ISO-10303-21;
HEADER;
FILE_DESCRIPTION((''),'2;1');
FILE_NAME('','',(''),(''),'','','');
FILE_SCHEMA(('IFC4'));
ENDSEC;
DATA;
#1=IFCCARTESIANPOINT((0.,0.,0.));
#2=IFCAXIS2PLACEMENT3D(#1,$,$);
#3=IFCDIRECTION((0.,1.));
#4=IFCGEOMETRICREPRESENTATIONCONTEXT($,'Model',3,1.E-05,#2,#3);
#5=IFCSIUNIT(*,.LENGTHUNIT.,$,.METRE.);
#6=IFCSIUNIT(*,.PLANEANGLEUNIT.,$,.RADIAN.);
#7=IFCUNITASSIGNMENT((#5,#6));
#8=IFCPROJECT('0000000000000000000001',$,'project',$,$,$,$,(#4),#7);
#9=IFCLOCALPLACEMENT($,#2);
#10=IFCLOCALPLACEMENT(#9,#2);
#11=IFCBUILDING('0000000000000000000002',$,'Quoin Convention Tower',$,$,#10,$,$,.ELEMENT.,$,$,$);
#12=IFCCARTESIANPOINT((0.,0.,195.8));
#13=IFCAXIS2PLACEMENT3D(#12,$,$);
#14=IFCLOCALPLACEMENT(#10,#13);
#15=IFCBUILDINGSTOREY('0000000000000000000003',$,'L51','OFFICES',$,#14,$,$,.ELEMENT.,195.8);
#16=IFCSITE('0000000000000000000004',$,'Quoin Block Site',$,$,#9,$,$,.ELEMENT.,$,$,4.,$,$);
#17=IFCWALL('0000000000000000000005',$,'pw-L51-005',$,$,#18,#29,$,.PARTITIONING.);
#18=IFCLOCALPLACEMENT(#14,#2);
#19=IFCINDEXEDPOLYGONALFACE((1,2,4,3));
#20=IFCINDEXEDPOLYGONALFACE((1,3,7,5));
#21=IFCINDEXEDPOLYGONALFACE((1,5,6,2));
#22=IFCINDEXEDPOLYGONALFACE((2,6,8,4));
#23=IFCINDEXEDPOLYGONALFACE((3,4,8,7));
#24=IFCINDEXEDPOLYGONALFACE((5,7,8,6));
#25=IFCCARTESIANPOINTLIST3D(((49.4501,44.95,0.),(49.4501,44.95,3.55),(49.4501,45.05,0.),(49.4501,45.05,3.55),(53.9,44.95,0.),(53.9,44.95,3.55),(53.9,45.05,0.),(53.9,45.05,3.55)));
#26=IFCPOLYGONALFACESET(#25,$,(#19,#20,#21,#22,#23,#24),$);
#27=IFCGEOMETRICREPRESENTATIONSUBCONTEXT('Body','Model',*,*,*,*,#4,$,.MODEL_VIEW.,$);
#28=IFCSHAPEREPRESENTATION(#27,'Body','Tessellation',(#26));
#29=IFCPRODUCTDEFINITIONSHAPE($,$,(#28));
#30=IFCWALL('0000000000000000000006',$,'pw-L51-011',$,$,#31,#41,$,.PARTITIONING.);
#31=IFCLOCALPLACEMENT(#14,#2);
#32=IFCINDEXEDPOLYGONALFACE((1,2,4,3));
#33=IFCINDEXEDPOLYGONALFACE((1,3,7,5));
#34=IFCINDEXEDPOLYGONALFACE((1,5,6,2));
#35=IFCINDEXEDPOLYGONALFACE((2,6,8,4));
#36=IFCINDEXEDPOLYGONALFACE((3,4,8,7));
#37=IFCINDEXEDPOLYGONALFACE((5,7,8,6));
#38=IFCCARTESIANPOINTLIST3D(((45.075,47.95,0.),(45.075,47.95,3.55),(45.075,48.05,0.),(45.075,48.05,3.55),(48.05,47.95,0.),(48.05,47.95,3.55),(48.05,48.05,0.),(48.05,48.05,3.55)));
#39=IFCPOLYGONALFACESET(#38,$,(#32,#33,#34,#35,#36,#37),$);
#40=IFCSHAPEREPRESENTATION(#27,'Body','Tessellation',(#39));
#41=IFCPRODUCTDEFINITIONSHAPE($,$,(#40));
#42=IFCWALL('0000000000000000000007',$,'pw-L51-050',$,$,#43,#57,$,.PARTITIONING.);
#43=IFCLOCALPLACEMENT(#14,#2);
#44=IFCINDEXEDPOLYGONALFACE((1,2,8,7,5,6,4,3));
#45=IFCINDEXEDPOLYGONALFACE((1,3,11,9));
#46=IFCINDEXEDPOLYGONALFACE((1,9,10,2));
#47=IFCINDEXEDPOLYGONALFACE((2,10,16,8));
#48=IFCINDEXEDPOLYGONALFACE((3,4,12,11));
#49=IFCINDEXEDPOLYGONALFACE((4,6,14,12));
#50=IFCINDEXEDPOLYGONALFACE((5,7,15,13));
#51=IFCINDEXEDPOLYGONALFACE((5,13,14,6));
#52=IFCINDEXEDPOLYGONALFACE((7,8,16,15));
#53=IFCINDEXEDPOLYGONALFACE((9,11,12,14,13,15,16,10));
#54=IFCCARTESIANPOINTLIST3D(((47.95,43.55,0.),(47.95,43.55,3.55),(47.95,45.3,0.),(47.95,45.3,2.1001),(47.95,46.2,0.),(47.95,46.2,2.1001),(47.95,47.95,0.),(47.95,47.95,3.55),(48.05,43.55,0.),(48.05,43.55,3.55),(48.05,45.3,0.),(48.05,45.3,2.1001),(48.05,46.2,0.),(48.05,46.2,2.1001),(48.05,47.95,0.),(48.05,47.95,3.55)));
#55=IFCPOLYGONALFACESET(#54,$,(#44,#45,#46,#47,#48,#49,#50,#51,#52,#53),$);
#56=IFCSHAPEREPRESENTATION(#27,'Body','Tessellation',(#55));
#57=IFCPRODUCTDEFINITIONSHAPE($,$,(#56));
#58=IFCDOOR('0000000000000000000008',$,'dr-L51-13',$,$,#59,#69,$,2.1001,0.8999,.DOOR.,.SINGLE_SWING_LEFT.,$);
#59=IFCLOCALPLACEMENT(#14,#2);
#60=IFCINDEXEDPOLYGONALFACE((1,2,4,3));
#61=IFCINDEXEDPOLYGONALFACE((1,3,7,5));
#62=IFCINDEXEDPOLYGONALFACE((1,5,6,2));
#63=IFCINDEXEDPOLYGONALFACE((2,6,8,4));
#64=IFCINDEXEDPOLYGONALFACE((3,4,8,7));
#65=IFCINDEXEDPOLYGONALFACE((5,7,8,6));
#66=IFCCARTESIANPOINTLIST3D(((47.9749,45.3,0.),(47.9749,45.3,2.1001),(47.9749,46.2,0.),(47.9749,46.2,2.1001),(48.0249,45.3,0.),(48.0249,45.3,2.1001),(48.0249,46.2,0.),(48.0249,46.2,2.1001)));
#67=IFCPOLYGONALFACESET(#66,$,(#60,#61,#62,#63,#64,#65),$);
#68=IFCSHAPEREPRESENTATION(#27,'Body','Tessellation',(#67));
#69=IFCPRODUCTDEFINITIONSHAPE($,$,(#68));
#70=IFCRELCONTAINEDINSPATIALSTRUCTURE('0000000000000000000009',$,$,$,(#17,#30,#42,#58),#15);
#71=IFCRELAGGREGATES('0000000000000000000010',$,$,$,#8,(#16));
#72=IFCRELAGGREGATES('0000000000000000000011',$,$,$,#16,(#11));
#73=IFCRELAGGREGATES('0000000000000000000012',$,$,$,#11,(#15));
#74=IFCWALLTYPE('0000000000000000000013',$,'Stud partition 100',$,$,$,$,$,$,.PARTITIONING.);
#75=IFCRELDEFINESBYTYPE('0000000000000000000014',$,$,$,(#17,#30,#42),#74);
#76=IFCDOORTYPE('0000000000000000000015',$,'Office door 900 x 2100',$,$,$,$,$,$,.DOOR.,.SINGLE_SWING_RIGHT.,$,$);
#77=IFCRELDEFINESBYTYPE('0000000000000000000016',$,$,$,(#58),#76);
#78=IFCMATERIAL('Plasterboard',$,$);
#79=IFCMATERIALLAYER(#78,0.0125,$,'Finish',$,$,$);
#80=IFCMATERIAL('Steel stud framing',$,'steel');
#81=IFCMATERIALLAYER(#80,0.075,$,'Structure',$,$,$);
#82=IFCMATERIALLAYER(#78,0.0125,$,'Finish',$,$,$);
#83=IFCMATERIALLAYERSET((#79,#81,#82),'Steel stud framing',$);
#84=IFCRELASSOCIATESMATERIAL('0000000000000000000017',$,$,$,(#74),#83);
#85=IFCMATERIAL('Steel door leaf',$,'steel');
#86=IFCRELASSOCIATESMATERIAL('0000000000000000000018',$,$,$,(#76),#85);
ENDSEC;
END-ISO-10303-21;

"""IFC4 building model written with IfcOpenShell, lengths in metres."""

from ifc_helpers import new_model, si_unit, direction, frame, frame_2d, origin, place, context, subcontext, project, spatial, rectangle, extrude, material, layer, layer_set, type_object, element, fill, save


model = new_model("IFC4")

# Units and contexts
model_context = context("Model", 3, precision=1e-05, world=origin(), true_north=direction((0.0, 1.0)))
body_context = subcontext(model_context, "Body", "Model", "MODEL_VIEW")
ifc_project = project(units=[si_unit("LENGTHUNIT", "METRE"), si_unit("PLANEANGLEUNIT", "RADIAN")], contexts=[model_context])

# Site, building, storey
site_placement = place(None, origin())
site = spatial("IfcSite", under=ifc_project, at=site_placement, Name="Quoin Block Site", CompositionType="ELEMENT", RefElevation=4.0)
building_placement = place(site_placement, origin())
building = spatial("IfcBuilding", under=site, at=building_placement, Name="Quoin Convention Tower", CompositionType="ELEMENT")
storey_placement = place(building_placement, frame((0.0, 0.0, 195.8)))
storey = spatial("IfcBuildingStorey", under=building, at=storey_placement, Name="L51", Description="OFFICES", CompositionType="ELEMENT", Elevation=195.8)

# Shared definitions
ifc_material_1 = material(Name="Plasterboard")
ifc_material_2 = material(Name="Steel stud framing", Category="steel")
ifc_material_3 = material(Name="Steel door leaf", Category="steel")

# Walls
ifc_layer_1 = layer(ifc_material_1, 0.0125, Name="Finish")
ifc_layer_2 = layer(ifc_material_2, 0.075, Name="Structure")
ifc_layer_3 = layer(ifc_material_1, 0.0125, Name="Finish")
ifc_layer_set_1 = layer_set([ifc_layer_1, ifc_layer_2, ifc_layer_3], Name="Steel stud framing")
wall_type_1 = type_object("IfcWallType", Name="Stud partition 100", PredefinedType="PARTITIONING", material=ifc_layer_set_1)
wall_1_placement = place(storey_placement, frame((49.45, 45.0, 0.0), z_axis=(0.0, 0.0, 1.0), x_axis=(1.0, 0.0, 0.0)))
element("IfcWall", 1, at=wall_1_placement, inside=storey, type_object=wall_type_1, Name="pw-L51-005", PredefinedType="PARTITIONING", context=body_context, shape_type="SweptSolid", body=[
    extrude(rectangle(XDim=4.45, YDim=0.1001, at=frame_2d((2.2251, 0.0))), origin(), (0.0, 0.0, 1.0), 3.55),
])
wall_2_placement = place(storey_placement, frame((45.075, 48.0, 0.0), z_axis=(0.0, 0.0, 1.0), x_axis=(1.0, 0.0, 0.0)))
element("IfcWall", 2, at=wall_2_placement, inside=storey, type_object=wall_type_1, Name="pw-L51-011", PredefinedType="PARTITIONING", context=body_context, shape_type="SweptSolid", body=[
    extrude(rectangle(XDim=2.9751, YDim=0.1001, at=frame_2d((1.4875, 0.0))), origin(), (0.0, 0.0, 1.0), 3.55),
])

# Wall, opening, door
wall_3_placement = place(storey_placement, frame((48.0, 43.55, 0.0), z_axis=(0.0, 0.0, 1.0), x_axis=(0.0, 1.0, 0.0)))
wall_3 = element("IfcWall", 3, at=wall_3_placement, inside=storey, type_object=wall_type_1, Name="pw-L51-050", PredefinedType="PARTITIONING", context=body_context, shape_type="SweptSolid", body=[
    extrude(rectangle(XDim=4.3999, YDim=0.1001, at=frame_2d((2.2, 0.0))), origin(), (0.0, 0.0, 1.0), 3.55),
])
opening_1_placement = place(wall_3_placement, frame((1.75, 0.0, 0.0)))
opening_1 = element("IfcOpeningElement", 4, at=opening_1_placement, cuts=wall_3, PredefinedType="OPENING", context=body_context, shape_type="SweptSolid", body=[
    extrude(rectangle(XDim=0.8999, YDim=2.1001, at=frame_2d((0.45, 1.05))), frame((0.0, 0.0601, 0.0), z_axis=(0.0, -1.0, 0.0), x_axis=(1.0, 0.0, 0.0)), (0.0, 0.0, 1.0), 0.1201),
])
door_type_1 = type_object("IfcDoorType", Name="Office door 900 x 2100", OperationType="SINGLE_SWING_RIGHT", PredefinedType="DOOR", material=ifc_material_3)
door_1_placement = place(opening_1_placement, frame((0.8999, 0.0, 0.0), z_axis=(0.0, 0.0, 1.0), x_axis=(-1.0, 0.0, 0.0)))
door_1 = element("IfcDoor", 5, at=door_1_placement, inside=storey, type_object=door_type_1, Name="dr-L51-13", OperationType="SINGLE_SWING_LEFT", OverallHeight=2.1001, OverallWidth=0.8999, PredefinedType="DOOR", context=body_context, shape_type="SweptSolid", body=[
    extrude(rectangle(XDim=0.8999, YDim=2.1001, at=frame_2d((0.45, 1.05))), frame((0.0, 0.0249, 0.0), z_axis=(0.0, -1.0, 0.0), x_axis=(1.0, 0.0, 0.0)), (0.0, 0.0, 1.0), 0.05),
])
fill(opening_1, door_1)

save(model, "model.ifc")
